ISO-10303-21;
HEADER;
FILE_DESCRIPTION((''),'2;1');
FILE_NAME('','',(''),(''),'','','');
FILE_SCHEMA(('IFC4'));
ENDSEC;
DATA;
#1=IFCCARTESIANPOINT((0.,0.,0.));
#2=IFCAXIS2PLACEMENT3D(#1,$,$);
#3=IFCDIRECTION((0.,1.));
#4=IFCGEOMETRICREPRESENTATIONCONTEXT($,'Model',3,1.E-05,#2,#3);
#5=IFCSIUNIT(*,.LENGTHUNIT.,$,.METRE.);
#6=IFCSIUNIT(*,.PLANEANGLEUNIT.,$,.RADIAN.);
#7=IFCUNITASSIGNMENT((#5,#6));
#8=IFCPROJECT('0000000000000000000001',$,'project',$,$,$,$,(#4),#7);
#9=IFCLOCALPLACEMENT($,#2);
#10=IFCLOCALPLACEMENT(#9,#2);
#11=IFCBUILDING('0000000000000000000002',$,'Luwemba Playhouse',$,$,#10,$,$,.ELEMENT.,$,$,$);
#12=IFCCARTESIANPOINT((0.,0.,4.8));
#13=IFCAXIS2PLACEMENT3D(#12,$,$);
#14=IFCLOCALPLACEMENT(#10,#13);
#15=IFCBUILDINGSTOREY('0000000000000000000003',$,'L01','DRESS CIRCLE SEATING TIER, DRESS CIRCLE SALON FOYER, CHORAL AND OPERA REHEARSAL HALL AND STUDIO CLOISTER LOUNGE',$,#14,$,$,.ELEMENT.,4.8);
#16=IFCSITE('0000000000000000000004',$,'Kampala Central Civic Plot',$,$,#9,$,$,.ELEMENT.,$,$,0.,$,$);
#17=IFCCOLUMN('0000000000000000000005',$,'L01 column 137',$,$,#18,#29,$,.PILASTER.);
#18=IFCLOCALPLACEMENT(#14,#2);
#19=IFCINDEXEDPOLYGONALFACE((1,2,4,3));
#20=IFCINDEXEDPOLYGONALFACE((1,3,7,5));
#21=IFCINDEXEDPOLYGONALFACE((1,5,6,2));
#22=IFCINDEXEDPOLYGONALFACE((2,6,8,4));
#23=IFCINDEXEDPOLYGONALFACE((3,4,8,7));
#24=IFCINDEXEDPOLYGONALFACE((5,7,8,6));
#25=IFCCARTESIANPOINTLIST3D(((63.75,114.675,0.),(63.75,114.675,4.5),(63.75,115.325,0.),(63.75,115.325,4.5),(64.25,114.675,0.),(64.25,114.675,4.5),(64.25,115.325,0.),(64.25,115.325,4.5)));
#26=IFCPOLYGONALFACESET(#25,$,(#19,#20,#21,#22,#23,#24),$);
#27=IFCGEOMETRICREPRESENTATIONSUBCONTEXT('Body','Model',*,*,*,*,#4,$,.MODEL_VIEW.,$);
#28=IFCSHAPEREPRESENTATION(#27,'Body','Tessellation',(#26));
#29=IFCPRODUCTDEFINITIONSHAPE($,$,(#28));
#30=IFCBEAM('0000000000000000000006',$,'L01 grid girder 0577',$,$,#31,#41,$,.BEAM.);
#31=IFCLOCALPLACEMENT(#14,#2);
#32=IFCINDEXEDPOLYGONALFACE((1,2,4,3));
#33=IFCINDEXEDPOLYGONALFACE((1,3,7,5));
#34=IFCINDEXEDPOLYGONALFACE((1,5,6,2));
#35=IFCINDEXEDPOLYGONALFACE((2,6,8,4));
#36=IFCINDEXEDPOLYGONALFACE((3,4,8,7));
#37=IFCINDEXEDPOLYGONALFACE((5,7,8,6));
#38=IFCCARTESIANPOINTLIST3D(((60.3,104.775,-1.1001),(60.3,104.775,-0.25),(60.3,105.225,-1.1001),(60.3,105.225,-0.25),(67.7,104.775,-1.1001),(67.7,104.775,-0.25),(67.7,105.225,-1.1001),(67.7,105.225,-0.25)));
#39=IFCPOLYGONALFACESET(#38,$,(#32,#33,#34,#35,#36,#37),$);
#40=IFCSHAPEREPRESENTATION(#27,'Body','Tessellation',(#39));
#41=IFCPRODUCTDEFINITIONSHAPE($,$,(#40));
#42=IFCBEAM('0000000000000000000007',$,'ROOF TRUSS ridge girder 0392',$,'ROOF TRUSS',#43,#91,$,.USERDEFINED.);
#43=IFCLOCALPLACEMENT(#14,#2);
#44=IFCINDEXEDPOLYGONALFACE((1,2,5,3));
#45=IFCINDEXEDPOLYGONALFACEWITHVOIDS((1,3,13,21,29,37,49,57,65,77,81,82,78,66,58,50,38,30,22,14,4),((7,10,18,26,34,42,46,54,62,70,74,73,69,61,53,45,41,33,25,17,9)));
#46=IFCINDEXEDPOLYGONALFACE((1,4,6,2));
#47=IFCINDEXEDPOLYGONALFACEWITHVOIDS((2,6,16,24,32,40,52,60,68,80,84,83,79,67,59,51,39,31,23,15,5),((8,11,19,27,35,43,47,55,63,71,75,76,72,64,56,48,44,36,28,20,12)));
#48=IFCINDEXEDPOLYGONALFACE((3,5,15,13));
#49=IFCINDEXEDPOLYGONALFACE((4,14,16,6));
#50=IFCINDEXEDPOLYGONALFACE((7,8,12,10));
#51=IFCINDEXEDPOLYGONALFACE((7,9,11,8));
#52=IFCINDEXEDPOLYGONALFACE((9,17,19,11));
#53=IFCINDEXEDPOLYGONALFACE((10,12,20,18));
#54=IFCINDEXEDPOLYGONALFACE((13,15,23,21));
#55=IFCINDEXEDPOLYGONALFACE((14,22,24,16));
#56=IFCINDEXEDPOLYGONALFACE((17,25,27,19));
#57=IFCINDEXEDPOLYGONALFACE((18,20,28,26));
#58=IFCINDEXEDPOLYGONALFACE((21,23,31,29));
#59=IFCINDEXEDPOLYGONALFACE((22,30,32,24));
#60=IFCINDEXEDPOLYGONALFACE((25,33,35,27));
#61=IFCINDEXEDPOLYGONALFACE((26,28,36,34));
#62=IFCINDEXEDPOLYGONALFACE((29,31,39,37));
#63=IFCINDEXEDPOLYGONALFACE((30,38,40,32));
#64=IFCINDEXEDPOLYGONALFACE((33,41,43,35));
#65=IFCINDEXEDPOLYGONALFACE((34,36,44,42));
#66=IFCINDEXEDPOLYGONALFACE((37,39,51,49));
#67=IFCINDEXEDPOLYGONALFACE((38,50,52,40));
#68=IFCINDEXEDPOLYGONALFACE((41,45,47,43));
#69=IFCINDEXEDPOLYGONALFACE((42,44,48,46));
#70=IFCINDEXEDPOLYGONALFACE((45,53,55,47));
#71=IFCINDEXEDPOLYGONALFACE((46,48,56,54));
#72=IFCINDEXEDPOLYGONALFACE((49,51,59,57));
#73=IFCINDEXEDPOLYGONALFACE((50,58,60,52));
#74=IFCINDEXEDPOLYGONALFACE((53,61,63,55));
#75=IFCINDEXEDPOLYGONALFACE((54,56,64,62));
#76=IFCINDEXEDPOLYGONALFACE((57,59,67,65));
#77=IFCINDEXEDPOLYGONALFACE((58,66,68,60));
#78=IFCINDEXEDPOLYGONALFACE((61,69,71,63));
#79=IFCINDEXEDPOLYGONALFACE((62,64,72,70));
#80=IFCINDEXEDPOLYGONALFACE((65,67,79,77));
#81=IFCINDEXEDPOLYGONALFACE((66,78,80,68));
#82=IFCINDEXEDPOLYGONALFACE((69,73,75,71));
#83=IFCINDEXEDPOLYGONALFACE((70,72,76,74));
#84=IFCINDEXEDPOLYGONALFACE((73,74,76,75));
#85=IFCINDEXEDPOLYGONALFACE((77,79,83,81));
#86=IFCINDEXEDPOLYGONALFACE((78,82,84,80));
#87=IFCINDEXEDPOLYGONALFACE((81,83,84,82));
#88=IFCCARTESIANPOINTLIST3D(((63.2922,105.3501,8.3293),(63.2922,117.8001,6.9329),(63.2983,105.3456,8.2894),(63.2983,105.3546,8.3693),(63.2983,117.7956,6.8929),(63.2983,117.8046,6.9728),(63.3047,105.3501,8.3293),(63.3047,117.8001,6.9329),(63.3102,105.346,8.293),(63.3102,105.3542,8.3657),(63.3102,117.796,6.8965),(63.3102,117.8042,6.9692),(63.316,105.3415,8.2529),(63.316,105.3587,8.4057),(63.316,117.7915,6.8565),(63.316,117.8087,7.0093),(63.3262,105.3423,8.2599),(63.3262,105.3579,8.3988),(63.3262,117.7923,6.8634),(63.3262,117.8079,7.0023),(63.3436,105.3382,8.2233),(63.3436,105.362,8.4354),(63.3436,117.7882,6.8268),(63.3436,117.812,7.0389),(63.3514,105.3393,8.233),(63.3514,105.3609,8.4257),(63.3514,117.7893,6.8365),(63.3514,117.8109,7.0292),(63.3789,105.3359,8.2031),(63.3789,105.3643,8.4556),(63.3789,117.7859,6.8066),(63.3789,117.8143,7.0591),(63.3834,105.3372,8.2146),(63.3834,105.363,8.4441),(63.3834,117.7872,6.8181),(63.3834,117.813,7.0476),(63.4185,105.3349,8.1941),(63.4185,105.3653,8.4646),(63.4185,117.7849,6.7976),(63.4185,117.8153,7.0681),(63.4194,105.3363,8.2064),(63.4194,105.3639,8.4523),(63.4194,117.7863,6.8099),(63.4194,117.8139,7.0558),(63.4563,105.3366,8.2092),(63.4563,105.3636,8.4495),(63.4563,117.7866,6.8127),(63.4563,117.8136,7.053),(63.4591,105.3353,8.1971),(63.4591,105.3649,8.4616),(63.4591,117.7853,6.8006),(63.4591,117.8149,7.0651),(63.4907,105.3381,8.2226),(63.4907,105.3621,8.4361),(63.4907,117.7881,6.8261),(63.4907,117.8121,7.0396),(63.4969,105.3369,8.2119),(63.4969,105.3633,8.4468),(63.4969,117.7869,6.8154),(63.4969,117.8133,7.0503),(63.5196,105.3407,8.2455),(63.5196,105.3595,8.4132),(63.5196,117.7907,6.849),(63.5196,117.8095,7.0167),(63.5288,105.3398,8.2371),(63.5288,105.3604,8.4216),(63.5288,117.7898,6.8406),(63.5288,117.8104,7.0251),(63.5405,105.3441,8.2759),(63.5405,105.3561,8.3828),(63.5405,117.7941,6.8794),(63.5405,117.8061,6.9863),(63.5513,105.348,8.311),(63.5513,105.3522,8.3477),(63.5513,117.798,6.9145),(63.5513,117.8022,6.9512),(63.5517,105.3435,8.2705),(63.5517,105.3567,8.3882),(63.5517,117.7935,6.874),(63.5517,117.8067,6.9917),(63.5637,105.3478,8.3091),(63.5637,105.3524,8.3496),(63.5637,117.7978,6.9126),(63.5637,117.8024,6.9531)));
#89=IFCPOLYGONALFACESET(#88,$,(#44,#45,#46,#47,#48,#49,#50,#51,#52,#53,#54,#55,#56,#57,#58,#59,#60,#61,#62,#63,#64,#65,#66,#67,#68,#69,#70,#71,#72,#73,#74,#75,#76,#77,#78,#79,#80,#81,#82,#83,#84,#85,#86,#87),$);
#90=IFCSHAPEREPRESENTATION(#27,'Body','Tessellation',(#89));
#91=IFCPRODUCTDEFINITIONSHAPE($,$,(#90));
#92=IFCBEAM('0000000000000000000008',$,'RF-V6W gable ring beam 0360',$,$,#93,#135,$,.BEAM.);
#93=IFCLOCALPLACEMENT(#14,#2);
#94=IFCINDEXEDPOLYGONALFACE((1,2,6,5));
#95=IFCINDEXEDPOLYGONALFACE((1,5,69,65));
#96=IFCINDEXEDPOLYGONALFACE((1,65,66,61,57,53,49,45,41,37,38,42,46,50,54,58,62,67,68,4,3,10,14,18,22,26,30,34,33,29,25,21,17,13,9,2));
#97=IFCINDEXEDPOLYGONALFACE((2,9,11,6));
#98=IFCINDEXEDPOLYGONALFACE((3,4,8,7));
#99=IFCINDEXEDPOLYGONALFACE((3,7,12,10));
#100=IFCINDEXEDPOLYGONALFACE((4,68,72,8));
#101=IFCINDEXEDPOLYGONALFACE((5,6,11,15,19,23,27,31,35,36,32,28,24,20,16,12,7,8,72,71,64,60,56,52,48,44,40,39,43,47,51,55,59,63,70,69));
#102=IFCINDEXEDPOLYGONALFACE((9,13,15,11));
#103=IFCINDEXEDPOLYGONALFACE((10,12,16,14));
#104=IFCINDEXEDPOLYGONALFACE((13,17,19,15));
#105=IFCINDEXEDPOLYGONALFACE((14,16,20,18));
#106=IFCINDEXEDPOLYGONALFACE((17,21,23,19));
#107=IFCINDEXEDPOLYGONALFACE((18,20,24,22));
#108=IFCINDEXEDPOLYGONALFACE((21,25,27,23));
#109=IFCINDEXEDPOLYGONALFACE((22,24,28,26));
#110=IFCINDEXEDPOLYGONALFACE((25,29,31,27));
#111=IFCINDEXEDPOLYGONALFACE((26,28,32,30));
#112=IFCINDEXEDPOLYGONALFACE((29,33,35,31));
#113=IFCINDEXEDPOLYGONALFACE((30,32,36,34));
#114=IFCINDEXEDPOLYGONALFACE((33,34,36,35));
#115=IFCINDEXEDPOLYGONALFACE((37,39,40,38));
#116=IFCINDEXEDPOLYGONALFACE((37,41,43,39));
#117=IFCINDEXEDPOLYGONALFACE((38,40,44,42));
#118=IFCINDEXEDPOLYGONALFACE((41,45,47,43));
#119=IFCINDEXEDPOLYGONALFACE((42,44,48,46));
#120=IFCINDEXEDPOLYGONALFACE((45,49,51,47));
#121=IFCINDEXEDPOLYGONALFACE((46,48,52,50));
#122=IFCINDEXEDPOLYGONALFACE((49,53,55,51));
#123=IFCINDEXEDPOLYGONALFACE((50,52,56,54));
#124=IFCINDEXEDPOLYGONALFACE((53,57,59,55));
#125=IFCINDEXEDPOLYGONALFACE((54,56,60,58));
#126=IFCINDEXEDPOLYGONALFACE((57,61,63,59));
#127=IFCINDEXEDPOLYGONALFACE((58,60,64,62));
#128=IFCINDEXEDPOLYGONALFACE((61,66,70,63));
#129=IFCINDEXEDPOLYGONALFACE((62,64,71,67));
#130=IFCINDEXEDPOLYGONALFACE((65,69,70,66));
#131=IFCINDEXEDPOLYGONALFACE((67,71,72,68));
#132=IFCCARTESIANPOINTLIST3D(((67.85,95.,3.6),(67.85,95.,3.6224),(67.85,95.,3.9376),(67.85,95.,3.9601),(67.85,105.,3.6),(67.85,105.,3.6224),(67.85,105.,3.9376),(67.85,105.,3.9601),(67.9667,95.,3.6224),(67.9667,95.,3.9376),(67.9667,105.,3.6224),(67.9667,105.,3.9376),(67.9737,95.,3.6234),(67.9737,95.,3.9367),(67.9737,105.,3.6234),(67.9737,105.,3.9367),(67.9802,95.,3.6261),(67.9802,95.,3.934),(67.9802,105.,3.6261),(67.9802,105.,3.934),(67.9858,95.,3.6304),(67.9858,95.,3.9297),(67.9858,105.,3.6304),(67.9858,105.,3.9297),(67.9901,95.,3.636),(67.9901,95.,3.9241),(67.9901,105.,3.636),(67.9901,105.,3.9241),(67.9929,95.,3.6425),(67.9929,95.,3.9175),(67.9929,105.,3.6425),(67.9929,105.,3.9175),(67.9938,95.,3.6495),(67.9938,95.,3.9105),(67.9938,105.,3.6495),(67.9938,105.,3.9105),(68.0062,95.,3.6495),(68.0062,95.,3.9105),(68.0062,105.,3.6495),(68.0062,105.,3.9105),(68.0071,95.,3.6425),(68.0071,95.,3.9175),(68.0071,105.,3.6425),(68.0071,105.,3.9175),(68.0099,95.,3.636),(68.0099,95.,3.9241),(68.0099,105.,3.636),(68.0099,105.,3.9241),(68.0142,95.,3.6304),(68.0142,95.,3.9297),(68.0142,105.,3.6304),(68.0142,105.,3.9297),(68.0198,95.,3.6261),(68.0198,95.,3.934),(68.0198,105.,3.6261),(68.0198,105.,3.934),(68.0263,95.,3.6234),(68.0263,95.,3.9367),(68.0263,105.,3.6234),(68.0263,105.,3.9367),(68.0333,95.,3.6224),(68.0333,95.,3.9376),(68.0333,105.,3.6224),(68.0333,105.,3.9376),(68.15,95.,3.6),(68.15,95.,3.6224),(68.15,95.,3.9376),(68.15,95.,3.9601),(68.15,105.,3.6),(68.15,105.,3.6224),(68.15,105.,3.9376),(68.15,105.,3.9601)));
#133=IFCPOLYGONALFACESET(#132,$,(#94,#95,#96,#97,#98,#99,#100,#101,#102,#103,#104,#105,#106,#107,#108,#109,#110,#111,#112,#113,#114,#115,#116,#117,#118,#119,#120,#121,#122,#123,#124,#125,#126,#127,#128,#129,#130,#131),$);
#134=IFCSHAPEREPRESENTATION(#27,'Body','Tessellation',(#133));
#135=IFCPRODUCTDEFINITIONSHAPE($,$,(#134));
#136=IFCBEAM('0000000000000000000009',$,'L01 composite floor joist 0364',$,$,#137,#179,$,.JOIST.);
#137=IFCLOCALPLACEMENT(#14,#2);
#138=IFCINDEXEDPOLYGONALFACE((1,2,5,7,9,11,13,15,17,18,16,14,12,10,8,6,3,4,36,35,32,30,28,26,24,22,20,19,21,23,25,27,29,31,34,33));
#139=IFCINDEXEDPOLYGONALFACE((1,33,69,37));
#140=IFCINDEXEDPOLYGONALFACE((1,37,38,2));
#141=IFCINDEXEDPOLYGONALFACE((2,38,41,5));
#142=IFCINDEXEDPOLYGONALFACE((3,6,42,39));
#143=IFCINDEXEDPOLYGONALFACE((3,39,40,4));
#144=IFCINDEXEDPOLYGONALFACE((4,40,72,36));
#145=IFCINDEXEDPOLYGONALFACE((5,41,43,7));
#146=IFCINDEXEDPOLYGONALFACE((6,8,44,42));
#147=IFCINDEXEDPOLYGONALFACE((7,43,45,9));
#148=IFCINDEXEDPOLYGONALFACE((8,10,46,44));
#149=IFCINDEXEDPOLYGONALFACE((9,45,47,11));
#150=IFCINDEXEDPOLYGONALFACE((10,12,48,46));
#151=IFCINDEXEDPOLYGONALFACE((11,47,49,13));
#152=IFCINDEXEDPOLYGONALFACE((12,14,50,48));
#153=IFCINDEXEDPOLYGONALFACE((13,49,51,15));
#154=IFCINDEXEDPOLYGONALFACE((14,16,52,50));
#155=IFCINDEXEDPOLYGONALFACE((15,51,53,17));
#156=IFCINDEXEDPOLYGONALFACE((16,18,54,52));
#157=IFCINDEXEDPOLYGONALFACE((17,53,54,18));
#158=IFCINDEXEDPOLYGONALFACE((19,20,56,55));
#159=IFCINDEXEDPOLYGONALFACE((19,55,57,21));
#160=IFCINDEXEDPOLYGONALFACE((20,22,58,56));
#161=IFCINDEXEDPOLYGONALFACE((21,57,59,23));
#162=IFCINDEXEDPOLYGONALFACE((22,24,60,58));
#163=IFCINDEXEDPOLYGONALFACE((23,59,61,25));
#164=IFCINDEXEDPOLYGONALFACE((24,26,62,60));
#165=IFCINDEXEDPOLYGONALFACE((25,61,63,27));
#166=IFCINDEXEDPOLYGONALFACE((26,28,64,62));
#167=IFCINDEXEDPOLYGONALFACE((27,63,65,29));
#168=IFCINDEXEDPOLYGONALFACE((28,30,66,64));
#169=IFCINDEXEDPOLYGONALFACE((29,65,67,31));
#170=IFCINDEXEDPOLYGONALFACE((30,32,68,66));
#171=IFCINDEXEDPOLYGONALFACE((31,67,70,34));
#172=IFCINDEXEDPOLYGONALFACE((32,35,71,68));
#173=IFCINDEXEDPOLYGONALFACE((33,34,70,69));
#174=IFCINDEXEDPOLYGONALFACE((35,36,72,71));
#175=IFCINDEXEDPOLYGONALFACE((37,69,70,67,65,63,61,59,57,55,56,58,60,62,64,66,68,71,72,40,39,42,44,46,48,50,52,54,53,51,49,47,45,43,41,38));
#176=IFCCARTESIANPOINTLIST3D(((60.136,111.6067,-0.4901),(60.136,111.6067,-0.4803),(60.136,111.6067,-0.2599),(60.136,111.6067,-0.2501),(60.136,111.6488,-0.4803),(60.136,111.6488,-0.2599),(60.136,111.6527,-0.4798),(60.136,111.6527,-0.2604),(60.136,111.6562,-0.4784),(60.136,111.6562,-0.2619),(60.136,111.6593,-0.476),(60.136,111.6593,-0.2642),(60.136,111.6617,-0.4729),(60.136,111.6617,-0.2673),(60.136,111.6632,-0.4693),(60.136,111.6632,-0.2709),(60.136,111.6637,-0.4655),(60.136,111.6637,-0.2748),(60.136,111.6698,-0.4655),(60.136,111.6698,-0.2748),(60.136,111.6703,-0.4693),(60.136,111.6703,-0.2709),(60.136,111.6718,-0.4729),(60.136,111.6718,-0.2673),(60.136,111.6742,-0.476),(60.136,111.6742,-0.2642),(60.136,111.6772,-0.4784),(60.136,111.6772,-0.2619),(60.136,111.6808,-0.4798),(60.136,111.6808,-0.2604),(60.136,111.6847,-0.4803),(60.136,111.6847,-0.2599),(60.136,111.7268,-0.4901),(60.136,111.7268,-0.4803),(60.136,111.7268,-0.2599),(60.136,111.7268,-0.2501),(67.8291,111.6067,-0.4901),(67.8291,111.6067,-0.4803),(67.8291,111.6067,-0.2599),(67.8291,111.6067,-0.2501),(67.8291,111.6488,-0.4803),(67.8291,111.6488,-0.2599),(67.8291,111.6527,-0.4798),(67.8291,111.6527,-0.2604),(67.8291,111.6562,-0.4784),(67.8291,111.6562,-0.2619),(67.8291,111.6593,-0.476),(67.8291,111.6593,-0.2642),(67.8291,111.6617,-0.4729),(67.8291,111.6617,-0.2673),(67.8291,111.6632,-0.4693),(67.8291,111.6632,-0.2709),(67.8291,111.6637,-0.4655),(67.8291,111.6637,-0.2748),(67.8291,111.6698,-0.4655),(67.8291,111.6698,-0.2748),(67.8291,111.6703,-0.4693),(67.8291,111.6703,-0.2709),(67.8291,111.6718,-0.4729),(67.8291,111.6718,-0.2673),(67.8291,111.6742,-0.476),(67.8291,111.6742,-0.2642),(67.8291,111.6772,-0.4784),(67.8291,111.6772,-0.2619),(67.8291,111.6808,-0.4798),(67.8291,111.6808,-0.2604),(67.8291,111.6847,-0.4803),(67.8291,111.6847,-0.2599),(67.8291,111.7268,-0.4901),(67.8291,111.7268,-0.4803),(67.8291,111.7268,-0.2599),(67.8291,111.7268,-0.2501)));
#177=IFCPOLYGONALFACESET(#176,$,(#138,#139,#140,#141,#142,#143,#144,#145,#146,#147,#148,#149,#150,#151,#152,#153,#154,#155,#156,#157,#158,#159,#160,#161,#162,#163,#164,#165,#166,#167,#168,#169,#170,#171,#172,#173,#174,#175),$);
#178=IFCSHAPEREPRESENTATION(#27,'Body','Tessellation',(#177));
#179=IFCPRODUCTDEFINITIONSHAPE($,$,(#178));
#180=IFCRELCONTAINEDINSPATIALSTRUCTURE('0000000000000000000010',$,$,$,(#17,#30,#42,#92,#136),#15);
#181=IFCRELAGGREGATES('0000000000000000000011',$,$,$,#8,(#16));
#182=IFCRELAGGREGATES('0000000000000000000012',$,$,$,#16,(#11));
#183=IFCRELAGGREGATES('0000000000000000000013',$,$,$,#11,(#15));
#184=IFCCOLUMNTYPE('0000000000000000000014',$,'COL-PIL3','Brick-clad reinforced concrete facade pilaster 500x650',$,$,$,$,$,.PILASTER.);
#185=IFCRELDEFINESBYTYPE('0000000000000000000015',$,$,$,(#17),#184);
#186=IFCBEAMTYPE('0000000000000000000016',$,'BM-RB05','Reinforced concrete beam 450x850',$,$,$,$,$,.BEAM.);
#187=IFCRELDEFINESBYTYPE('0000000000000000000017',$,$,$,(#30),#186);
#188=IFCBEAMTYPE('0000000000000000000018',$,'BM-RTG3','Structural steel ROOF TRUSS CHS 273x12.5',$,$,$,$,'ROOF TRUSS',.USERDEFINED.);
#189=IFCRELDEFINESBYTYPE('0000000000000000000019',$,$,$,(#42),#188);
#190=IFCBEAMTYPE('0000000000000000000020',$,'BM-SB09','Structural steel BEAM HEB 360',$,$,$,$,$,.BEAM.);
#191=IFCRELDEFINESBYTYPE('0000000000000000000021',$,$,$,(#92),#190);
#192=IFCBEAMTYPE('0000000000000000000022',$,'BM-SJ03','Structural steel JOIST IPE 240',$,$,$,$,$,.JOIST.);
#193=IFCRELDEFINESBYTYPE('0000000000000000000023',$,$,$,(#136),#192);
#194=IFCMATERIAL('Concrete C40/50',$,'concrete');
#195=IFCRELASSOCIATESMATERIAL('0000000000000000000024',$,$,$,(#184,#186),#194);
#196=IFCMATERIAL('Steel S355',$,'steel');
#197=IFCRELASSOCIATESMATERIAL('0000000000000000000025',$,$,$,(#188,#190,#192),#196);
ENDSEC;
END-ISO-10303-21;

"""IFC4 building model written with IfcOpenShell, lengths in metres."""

from ifc_helpers import new_model, si_unit, direction, frame, origin, origin_2d, place, context, subcontext, project, spatial, rectangle, hollow_circle, i_section, extrude, material, material_profile, profile_set, type_object, element, save


model = new_model("IFC4")

# Units and contexts
model_context = context("Model", 3, precision=1e-05, world=origin(), true_north=direction((0.0, 1.0)))
body_context = subcontext(model_context, "Body", "Model", "MODEL_VIEW")
ifc_project = project(units=[si_unit("LENGTHUNIT", "METRE"), si_unit("PLANEANGLEUNIT", "RADIAN")], contexts=[model_context])

# Site, building, storey
site_placement = place(None, origin())
site = spatial("IfcSite", under=ifc_project, at=site_placement, Name="Kampala Central Civic Plot", CompositionType="ELEMENT", RefElevation=0.0)
building_placement = place(site_placement, origin())
building = spatial("IfcBuilding", under=site, at=building_placement, Name="Luwemba Playhouse", CompositionType="ELEMENT")
storey_placement = place(building_placement, frame((0.0, 0.0, 4.8)))
storey = spatial("IfcBuildingStorey", under=building, at=storey_placement, Name="L01", Description="DRESS CIRCLE SEATING TIER, DRESS CIRCLE SALON FOYER, CHORAL AND OPERA REHEARSAL HALL AND STUDIO CLOISTER LOUNGE", CompositionType="ELEMENT", Elevation=4.8)

# Column
ifc_material_1 = material(Name="Concrete C40/50", Category="concrete")
ifc_material_profile_1 = material_profile(ifc_material_1, rectangle(XDim=0.5, YDim=0.6499, at=origin_2d()))
ifc_profile_set_1 = profile_set([ifc_material_profile_1], Name="Concrete C40/50")
column_type = type_object("IfcColumnType", Name="COL-PIL3", Description="Brick-clad reinforced concrete facade pilaster 500x650", PredefinedType="PILASTER", material=ifc_profile_set_1)
column_placement = place(storey_placement, frame((64.0, 115.0, 0.0), z_axis=(0.0, 0.0, 1.0), x_axis=(1.0, 0.0, 0.0)))
element("IfcColumn", 1, at=column_placement, inside=storey, type_object=column_type, Name="L01 column 137", PredefinedType="PILASTER", context=body_context, shape_type="SweptSolid", body=[
    extrude(rectangle(XDim=0.5, YDim=0.6499, at=origin_2d()), origin(), (0.0, 0.0, 1.0), 4.5),
])

# Beams
ifc_material_profile_2 = material_profile(ifc_material_1, rectangle(XDim=0.45, YDim=0.8501, at=origin_2d()))
ifc_profile_set_2 = profile_set([ifc_material_profile_2], Name="Concrete C40/50")
beam_type_1 = type_object("IfcBeamType", Name="BM-RB05", Description="Reinforced concrete beam 450x850", PredefinedType="BEAM", material=ifc_profile_set_2)
beam_1_placement = place(storey_placement, frame((60.3, 105.0, -0.675), z_axis=(1.0, 0.0, 0.0), x_axis=(0.0, 1.0, 0.0)))
element("IfcBeam", 2, at=beam_1_placement, inside=storey, type_object=beam_type_1, Name="L01 grid girder 0577", PredefinedType="BEAM", context=body_context, shape_type="SweptSolid", body=[
    extrude(rectangle(XDim=0.45, YDim=0.8501, at=origin_2d()), origin(), (0.0, 0.0, 1.0), 7.3999),
])
ifc_material_2 = material(Name="Steel S355", Category="steel")
ifc_material_profile_3 = material_profile(ifc_material_2, hollow_circle(Radius=0.1365, WallThickness=0.0125, at=origin_2d()))
ifc_profile_set_3 = profile_set([ifc_material_profile_3], Name="Steel S355")
beam_type_2 = type_object("IfcBeamType", Name="BM-RTG3", Description="Structural steel ROOF TRUSS CHS 273x12.5", ElementType="ROOF TRUSS", PredefinedType="USERDEFINED", material=ifc_profile_set_3)
beam_2_placement = place(storey_placement, frame((63.4287, 105.3501, 8.3293), z_axis=(0.0, 0.993768, -0.111469), x_axis=(-1.0, 0.0, 0.0)))
element("IfcBeam", 3, at=beam_2_placement, inside=storey, type_object=beam_type_2, Name="ROOF TRUSS ridge girder 0392", ObjectType="ROOF TRUSS", PredefinedType="USERDEFINED", context=body_context, shape_type="SweptSolid", body=[
    extrude(hollow_circle(Radius=0.1365, WallThickness=0.0125, at=origin_2d()), origin(), (0.0, 0.0, 1.0), 12.5281),
])
ifc_material_profile_4 = material_profile(ifc_material_2, i_section(OverallWidth=0.3, OverallDepth=0.3601, WebThickness=0.0125, FlangeThickness=0.0225, FilletRadius=0.0271, at=origin_2d()))
ifc_profile_set_4 = profile_set([ifc_material_profile_4], Name="Steel S355")
beam_type_3 = type_object("IfcBeamType", Name="BM-SB09", Description="Structural steel BEAM HEB 360", PredefinedType="BEAM", material=ifc_profile_set_4)
beam_3_placement = place(storey_placement, frame((68.0, 95.0, 3.78), z_axis=(0.0, 1.0, 0.0), x_axis=(-1.0, 0.0, 0.0)))
element("IfcBeam", 4, at=beam_3_placement, inside=storey, type_object=beam_type_3, Name="RF-V6W gable ring beam 0360", PredefinedType="BEAM", context=body_context, shape_type="SweptSolid", body=[
    extrude(i_section(OverallWidth=0.3, OverallDepth=0.3601, WebThickness=0.0125, FlangeThickness=0.0225, FilletRadius=0.0271, at=origin_2d()), origin(), (0.0, 0.0, 1.0), 10.0),
])
ifc_material_profile_5 = material_profile(ifc_material_2, i_section(OverallWidth=0.1201, OverallDepth=0.24, WebThickness=0.0061, FlangeThickness=0.0098, FilletRadius=0.0149, at=origin_2d()))
ifc_profile_set_5 = profile_set([ifc_material_profile_5], Name="Steel S355")
beam_type_4 = type_object("IfcBeamType", Name="BM-SJ03", Description="Structural steel JOIST IPE 240", PredefinedType="JOIST", material=ifc_profile_set_5)
beam_4_placement = place(storey_placement, frame((60.136, 111.6667, -0.3701), z_axis=(1.0, 0.0, 0.0), x_axis=(0.0, 1.0, 0.0)))
element("IfcBeam", 5, at=beam_4_placement, inside=storey, type_object=beam_type_4, Name="L01 composite floor joist 0364", PredefinedType="JOIST", context=body_context, shape_type="SweptSolid", body=[
    extrude(i_section(OverallWidth=0.1201, OverallDepth=0.24, WebThickness=0.0061, FlangeThickness=0.0098, FilletRadius=0.0149, at=origin_2d()), origin(), (0.0, 0.0, 1.0), 7.6931),
])

save(model, "model.ifc")
